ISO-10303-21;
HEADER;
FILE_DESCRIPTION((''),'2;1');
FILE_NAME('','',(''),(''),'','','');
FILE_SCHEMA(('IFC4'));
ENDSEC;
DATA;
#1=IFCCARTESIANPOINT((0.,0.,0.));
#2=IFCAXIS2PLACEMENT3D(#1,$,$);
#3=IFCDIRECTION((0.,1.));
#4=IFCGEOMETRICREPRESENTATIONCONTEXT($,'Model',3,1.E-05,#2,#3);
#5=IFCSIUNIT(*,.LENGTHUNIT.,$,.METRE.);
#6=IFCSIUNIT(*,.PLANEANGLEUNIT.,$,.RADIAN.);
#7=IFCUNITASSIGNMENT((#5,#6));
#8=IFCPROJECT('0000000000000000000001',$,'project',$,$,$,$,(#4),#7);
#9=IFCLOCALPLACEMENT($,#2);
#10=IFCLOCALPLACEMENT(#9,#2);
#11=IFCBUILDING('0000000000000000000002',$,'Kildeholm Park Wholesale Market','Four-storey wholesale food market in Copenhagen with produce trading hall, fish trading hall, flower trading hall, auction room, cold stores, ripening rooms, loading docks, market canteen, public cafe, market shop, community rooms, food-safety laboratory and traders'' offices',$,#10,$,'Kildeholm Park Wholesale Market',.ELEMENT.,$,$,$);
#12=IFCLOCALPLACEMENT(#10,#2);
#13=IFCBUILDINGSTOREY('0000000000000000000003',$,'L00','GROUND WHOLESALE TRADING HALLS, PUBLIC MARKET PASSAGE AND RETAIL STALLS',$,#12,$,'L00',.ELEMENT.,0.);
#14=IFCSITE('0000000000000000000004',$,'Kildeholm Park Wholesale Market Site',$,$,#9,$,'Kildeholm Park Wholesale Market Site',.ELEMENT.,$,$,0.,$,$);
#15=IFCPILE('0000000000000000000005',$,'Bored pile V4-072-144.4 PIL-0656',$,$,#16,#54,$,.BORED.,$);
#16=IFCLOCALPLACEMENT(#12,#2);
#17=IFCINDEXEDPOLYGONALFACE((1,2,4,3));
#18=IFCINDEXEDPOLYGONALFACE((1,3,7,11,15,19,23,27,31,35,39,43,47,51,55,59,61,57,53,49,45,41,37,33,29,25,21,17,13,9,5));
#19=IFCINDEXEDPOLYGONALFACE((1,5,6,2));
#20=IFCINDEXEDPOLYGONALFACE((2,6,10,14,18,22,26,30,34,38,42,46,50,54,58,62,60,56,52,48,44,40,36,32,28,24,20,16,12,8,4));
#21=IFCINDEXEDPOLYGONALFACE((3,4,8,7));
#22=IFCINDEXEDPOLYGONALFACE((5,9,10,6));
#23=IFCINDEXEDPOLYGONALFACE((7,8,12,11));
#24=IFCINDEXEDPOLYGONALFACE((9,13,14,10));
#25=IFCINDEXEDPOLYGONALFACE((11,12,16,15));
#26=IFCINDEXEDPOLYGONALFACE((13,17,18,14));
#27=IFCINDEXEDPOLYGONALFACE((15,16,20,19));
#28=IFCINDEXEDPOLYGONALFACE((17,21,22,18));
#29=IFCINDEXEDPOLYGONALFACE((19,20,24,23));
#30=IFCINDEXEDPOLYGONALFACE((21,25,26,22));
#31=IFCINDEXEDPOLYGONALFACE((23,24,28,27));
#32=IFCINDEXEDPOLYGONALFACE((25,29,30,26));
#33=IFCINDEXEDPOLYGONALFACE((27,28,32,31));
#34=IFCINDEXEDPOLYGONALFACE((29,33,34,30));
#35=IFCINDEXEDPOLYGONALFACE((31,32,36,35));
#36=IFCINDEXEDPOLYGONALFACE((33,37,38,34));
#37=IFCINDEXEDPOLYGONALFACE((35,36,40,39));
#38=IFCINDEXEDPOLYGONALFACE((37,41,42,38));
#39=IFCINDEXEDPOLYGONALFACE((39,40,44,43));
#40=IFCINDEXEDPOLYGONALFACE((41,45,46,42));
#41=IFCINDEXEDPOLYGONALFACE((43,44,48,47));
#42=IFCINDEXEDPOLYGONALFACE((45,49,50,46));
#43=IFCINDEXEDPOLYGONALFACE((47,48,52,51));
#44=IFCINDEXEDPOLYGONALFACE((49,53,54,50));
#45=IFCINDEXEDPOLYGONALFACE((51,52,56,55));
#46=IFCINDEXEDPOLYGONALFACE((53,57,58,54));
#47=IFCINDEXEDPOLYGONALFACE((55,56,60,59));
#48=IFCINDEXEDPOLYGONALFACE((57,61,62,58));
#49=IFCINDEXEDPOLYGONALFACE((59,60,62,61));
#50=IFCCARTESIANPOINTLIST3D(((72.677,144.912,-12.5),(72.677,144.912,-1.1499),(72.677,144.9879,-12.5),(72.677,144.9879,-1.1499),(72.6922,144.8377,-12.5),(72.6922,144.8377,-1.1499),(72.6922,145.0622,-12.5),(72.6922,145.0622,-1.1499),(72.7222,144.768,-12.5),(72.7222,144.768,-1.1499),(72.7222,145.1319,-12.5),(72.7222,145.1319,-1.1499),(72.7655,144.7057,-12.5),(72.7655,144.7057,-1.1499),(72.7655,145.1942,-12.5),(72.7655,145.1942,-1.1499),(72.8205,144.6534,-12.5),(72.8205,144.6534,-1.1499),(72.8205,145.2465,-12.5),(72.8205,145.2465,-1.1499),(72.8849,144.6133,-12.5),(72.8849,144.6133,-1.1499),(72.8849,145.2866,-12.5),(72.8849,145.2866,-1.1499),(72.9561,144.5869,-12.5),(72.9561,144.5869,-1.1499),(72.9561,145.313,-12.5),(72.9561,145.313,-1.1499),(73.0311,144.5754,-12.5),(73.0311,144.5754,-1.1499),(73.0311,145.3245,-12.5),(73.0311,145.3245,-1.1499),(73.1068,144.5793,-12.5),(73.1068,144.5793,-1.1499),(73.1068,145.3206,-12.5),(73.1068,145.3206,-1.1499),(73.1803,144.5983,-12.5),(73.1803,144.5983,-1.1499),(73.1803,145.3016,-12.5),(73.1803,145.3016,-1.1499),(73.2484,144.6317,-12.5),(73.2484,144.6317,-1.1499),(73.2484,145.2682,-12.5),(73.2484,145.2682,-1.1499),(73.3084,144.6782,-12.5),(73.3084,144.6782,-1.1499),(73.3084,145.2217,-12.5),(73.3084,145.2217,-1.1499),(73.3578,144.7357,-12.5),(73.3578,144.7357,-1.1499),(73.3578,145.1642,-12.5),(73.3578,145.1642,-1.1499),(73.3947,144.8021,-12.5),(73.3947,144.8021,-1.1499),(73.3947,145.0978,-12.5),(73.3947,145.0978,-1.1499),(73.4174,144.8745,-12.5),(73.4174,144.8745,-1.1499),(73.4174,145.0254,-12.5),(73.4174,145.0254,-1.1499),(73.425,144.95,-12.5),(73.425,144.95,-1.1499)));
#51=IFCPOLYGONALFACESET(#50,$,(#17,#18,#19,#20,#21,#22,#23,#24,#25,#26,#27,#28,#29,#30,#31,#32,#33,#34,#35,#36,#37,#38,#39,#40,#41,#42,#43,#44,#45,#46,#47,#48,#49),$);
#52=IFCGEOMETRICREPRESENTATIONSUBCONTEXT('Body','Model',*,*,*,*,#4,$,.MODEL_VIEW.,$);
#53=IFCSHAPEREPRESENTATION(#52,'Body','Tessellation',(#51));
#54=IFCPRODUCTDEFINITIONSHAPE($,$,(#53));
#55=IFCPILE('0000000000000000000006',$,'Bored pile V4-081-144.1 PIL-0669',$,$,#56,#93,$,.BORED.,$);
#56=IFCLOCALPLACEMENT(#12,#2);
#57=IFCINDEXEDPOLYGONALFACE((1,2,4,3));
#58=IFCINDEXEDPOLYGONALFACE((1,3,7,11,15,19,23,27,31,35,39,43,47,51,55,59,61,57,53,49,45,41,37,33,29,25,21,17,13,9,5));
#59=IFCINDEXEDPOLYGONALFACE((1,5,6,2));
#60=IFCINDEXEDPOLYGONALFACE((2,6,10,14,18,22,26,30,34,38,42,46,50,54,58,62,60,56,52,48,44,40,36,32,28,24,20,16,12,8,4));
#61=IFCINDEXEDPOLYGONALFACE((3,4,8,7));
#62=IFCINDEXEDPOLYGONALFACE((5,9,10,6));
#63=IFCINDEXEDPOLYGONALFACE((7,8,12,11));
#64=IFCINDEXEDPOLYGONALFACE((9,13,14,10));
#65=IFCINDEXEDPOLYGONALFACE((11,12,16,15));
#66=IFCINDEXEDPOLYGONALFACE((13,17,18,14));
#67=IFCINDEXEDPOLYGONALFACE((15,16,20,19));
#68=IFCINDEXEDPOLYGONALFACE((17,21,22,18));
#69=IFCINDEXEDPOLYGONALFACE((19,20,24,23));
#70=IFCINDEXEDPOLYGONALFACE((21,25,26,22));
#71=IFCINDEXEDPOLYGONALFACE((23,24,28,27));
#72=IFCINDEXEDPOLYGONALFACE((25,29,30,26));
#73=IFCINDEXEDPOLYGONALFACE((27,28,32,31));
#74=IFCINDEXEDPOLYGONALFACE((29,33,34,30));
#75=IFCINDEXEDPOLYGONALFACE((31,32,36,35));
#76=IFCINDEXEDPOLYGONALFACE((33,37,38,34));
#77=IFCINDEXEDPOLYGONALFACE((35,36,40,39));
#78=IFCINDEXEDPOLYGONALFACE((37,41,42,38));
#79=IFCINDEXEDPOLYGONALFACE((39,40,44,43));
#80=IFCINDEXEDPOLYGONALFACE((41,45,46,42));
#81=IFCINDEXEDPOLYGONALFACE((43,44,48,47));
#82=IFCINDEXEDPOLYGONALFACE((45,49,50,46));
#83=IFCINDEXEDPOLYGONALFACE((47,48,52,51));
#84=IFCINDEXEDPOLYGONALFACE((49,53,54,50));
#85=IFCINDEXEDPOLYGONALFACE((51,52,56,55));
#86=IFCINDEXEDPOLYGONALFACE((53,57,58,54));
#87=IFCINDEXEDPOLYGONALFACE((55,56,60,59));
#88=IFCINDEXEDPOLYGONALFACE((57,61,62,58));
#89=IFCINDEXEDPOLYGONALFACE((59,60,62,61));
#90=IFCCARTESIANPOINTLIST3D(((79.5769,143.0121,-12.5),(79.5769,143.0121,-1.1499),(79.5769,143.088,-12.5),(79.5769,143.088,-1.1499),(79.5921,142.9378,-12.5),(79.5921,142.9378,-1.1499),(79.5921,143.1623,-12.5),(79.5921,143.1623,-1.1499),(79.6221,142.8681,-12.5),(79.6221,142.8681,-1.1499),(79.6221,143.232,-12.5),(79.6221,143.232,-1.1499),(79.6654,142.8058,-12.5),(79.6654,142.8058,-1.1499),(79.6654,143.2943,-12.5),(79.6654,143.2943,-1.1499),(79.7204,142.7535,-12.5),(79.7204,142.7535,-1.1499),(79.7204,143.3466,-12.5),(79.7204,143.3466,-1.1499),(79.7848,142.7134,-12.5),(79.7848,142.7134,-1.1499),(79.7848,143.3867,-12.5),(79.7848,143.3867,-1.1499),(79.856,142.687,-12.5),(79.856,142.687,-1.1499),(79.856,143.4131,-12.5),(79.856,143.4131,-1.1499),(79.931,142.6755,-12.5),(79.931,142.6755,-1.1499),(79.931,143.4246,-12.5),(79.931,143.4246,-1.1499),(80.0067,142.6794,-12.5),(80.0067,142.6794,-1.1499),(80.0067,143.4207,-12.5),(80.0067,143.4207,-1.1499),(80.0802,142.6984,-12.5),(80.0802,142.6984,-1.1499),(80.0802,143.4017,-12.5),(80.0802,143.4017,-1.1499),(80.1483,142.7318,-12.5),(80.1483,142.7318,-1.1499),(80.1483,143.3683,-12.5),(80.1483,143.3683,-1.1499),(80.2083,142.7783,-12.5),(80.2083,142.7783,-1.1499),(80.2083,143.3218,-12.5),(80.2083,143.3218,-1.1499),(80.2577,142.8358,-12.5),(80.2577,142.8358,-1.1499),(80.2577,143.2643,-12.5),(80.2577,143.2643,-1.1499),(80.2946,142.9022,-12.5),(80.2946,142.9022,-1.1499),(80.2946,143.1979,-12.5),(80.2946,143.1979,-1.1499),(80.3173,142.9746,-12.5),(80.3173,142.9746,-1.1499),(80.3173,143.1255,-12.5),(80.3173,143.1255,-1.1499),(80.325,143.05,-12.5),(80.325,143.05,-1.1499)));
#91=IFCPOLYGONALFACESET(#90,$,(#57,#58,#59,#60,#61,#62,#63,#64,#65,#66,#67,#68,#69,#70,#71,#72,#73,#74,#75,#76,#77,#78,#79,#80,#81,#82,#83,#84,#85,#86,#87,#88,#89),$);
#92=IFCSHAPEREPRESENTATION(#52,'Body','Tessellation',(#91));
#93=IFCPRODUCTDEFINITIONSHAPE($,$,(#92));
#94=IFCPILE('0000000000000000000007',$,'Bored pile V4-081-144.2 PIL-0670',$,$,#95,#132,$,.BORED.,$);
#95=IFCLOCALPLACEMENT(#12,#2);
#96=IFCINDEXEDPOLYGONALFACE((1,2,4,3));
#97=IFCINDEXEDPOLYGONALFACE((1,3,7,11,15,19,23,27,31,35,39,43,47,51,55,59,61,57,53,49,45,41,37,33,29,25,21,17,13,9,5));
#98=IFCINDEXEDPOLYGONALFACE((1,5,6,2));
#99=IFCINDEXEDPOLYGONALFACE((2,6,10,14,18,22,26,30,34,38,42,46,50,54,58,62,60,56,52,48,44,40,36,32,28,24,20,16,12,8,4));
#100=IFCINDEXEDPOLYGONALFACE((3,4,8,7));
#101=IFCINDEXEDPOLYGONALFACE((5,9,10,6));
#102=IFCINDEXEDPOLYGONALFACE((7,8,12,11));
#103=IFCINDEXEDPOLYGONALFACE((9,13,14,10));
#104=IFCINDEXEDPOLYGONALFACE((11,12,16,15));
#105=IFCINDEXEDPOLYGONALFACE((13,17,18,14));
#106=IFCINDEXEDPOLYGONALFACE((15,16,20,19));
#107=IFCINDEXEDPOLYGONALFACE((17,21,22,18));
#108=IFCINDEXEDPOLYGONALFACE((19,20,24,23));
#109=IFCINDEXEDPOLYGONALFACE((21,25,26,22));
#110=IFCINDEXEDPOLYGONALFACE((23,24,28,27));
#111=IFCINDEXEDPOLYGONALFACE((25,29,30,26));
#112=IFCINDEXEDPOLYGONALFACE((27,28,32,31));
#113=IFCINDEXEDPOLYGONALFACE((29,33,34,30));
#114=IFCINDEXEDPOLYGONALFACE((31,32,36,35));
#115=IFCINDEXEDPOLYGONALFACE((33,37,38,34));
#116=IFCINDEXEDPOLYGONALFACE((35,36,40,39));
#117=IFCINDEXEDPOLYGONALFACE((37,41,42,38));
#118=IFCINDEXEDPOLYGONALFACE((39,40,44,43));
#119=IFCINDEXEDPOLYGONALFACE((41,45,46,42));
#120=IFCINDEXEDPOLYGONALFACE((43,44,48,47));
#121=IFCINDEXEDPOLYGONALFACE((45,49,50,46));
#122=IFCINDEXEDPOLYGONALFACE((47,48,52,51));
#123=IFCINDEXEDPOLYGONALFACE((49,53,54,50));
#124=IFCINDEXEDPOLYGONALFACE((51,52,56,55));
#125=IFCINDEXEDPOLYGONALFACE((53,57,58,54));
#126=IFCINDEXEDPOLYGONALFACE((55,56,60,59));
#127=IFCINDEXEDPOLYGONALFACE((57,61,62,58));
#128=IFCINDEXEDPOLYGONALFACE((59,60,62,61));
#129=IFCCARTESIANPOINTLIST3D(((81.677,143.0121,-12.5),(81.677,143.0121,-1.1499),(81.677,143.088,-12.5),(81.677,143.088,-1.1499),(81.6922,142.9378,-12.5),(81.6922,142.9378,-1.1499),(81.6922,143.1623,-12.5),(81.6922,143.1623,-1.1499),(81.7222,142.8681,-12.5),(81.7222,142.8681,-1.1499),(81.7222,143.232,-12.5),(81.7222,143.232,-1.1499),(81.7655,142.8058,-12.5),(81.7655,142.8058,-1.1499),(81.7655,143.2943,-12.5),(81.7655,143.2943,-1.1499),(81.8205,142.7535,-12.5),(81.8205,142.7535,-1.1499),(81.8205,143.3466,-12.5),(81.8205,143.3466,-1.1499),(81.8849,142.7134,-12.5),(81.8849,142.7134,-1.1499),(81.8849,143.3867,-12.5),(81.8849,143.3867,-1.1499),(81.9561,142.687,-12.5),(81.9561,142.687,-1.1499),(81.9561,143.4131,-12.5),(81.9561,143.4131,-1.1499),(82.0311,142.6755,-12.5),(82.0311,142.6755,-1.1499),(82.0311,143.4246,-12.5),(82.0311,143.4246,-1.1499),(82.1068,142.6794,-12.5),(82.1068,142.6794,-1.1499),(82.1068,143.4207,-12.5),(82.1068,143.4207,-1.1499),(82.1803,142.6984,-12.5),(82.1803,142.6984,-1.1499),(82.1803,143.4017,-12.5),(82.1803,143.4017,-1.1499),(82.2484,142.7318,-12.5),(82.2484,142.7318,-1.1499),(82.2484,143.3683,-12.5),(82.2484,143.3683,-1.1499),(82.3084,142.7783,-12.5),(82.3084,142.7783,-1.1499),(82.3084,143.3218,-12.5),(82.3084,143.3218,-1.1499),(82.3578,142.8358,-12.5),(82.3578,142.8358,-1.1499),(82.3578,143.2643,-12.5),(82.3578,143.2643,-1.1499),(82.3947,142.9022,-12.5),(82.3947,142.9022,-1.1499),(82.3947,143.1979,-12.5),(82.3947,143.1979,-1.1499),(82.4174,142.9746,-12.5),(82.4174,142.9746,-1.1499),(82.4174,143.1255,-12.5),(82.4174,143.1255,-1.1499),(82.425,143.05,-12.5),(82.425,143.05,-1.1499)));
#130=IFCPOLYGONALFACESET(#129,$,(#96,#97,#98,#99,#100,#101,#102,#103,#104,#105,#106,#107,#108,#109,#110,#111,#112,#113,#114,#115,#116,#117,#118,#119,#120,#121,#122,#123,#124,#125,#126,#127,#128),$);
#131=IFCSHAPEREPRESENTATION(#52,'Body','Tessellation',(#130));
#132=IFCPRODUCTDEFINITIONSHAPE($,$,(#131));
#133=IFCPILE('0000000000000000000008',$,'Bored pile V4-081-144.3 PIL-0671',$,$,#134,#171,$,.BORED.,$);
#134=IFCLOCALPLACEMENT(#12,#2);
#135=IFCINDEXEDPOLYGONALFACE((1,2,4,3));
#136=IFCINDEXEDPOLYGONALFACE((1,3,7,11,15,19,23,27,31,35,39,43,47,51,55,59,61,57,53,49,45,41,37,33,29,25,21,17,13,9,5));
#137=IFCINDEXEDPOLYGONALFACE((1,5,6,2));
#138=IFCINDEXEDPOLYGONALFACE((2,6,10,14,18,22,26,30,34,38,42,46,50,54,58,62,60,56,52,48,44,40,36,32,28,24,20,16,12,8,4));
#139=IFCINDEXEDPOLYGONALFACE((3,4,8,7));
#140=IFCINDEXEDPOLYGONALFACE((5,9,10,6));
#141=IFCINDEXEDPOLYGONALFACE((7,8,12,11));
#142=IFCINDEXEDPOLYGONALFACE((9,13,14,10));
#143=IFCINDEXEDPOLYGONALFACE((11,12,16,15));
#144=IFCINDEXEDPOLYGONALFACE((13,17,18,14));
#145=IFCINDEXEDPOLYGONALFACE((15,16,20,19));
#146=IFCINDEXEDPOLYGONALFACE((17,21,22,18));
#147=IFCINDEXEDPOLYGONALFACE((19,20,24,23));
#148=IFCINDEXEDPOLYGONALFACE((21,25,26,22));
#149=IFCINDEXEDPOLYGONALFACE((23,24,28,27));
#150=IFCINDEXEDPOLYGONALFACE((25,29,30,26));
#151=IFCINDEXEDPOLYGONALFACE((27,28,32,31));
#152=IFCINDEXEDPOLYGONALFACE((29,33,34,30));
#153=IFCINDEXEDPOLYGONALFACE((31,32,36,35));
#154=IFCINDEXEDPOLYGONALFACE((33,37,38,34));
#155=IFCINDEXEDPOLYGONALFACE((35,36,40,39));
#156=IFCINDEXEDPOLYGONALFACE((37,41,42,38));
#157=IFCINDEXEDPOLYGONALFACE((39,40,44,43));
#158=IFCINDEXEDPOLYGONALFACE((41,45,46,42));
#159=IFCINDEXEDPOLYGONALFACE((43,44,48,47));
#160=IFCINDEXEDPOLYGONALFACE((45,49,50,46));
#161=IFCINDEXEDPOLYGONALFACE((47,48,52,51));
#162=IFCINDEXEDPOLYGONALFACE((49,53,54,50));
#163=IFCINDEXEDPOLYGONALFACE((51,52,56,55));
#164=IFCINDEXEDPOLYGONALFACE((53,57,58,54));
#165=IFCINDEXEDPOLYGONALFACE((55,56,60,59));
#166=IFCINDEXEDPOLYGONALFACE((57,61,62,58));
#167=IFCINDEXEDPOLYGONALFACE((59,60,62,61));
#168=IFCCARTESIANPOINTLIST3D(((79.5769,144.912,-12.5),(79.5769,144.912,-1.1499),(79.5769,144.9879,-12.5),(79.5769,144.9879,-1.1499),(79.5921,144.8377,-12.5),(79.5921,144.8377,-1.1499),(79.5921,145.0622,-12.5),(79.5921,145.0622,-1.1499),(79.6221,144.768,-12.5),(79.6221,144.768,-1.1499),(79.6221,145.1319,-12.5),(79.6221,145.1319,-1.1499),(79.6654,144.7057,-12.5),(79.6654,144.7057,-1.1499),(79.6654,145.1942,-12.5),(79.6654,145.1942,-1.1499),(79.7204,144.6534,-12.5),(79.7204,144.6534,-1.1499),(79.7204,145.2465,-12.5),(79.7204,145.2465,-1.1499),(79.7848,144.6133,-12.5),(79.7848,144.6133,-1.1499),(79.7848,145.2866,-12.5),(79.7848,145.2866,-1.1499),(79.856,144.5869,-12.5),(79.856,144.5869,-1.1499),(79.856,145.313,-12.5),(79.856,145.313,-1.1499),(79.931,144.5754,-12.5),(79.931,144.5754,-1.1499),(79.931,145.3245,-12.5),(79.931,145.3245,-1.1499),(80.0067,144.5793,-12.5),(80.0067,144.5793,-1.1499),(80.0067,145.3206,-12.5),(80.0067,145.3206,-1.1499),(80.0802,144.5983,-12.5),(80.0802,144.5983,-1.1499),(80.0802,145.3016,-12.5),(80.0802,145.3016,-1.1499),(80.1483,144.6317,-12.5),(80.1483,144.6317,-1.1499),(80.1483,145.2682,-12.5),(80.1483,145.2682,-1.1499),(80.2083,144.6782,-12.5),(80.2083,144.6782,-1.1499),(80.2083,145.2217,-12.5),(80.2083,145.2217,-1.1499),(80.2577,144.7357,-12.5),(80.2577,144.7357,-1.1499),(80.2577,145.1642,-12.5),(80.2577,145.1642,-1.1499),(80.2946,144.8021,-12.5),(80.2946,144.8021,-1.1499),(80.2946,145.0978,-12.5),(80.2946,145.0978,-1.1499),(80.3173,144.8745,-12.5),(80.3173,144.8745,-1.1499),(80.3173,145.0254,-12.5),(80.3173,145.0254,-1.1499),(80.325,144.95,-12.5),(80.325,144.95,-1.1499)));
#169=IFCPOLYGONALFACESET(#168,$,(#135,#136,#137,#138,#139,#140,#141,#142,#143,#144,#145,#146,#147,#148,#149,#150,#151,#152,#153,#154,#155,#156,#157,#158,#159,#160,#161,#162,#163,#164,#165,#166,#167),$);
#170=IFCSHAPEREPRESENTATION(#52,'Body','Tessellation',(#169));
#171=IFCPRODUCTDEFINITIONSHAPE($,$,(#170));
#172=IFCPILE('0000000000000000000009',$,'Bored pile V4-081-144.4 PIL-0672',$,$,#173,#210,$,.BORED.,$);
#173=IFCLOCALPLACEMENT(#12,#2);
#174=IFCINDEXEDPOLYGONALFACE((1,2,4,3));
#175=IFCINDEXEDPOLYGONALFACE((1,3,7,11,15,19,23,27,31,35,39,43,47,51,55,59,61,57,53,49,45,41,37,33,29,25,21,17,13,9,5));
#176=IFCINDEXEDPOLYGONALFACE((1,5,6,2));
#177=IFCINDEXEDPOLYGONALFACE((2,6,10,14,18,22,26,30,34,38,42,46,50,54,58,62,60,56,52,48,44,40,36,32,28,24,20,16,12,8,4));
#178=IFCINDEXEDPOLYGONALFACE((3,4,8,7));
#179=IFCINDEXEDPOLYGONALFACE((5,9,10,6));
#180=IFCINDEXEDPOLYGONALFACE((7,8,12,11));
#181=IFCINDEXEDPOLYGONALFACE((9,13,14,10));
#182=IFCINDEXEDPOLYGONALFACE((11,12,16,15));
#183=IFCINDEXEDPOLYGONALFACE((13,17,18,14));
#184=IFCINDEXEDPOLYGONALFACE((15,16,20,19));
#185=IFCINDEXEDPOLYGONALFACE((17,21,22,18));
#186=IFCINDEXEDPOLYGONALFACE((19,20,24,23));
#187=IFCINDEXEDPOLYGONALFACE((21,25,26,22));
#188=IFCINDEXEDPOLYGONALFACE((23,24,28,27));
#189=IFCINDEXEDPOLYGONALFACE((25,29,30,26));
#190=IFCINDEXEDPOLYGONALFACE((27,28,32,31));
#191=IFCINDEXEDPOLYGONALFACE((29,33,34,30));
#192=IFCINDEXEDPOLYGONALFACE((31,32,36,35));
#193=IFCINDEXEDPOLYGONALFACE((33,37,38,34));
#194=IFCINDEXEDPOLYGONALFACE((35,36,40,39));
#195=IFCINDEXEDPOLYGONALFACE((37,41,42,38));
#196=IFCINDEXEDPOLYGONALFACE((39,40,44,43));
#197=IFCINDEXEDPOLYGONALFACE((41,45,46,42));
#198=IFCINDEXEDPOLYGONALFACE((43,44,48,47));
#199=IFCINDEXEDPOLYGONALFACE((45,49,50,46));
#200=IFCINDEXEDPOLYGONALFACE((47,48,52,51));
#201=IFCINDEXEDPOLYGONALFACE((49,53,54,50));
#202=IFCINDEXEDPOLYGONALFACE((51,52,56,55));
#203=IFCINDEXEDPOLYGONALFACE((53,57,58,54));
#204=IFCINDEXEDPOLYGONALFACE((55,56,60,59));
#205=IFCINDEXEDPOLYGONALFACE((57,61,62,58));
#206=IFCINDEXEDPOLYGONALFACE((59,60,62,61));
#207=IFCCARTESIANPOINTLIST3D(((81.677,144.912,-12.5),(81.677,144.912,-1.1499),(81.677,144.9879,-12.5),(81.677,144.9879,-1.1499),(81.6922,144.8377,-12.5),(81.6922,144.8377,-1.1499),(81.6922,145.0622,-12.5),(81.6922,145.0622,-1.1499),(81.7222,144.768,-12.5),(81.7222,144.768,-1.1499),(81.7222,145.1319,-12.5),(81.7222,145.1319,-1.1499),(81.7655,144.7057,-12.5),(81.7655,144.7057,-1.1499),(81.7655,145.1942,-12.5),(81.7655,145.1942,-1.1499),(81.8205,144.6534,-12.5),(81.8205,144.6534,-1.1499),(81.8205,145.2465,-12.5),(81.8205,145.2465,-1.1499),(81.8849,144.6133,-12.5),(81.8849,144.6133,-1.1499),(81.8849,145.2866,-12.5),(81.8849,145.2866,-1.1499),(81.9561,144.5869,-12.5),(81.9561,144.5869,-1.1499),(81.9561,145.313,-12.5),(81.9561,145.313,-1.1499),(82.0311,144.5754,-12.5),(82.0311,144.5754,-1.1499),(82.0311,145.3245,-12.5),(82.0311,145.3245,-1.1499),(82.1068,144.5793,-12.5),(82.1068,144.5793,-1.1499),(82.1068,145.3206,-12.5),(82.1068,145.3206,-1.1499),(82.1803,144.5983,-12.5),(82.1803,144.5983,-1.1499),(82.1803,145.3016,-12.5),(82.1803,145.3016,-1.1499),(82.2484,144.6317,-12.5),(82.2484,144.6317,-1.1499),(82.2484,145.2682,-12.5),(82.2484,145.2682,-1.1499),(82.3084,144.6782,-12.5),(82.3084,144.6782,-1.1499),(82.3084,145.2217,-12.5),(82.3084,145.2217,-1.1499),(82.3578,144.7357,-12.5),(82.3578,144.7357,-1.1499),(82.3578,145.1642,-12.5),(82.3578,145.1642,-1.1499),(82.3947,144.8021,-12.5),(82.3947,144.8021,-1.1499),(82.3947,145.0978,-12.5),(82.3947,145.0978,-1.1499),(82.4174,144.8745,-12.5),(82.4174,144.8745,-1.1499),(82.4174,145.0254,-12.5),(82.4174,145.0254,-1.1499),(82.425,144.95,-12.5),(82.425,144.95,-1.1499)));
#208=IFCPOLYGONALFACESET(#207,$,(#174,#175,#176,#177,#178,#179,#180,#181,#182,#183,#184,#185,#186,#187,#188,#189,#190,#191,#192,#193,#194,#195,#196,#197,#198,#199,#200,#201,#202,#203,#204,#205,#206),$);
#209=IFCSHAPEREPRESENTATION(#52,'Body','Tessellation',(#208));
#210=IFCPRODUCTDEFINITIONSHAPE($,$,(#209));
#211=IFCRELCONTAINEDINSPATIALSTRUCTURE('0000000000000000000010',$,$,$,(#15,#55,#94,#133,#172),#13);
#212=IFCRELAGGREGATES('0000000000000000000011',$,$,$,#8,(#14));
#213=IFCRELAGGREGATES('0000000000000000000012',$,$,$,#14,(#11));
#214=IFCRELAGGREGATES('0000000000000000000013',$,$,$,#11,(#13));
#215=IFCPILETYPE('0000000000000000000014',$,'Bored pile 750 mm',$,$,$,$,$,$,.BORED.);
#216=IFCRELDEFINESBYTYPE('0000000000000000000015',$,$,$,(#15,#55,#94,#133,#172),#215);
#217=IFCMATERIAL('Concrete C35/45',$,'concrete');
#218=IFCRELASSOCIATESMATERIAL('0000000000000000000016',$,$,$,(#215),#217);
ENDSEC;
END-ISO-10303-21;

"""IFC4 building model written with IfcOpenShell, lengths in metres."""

from ifc_helpers import new_model, si_unit, direction, frame, origin, origin_2d, place, context, subcontext, project, spatial, circle, extrude, material, material_profile, profile_set, type_object, element, save


model = new_model("IFC4")

# Units and contexts
model_context = context("Model", 3, precision=1e-05, world=origin(), true_north=direction((0.0, 1.0)))
body_context = subcontext(model_context, "Body", "Model", "MODEL_VIEW")
ifc_project = project(units=[si_unit("LENGTHUNIT", "METRE"), si_unit("PLANEANGLEUNIT", "RADIAN")], contexts=[model_context])

# Site, building, storey
site_placement = place(None, origin())
site = spatial("IfcSite", under=ifc_project, at=site_placement, Name="Kildeholm Park Wholesale Market Site", LongName="Kildeholm Park Wholesale Market Site", CompositionType="ELEMENT", RefElevation=0.0)
building_placement = place(site_placement, origin())
building = spatial("IfcBuilding", under=site, at=building_placement, Name="Kildeholm Park Wholesale Market", Description="Four-storey wholesale food market in Copenhagen with produce trading hall, fish trading hall, flower trading hall, auction room, cold stores, ripening rooms, loading docks, market canteen, public cafe, market shop, community rooms, food-safety laboratory and traders' offices", LongName="Kildeholm Park Wholesale Market", CompositionType="ELEMENT")
storey_placement = place(building_placement, origin())
storey = spatial("IfcBuildingStorey", under=building, at=storey_placement, Name="L00", Description="GROUND WHOLESALE TRADING HALLS, PUBLIC MARKET PASSAGE AND RETAIL STALLS", LongName="L00", CompositionType="ELEMENT", Elevation=0.0)

# Piles
ifc_material_1 = material(Name="Concrete C35/45", Category="concrete")
ifc_material_profile_1 = material_profile(ifc_material_1, circle(Radius=0.375, at=origin_2d()), Name="PILE D750")
ifc_profile_set_1 = profile_set([ifc_material_profile_1], Name="Concrete C35/45")
pile_type = type_object("IfcPileType", Name="Bored pile 750 mm", PredefinedType="BORED", material=ifc_profile_set_1)
for number, where, z_axis, x_axis, name in (
    (1, (73.05, 144.95, -1.1499), (0.0, 0.0, -1.0), (1.0, 0.0, 0.0), "Bored pile V4-072-144.4 PIL-0656"),
    (2, (79.95, 143.05, -1.1499), (0.0, 0.0, -1.0), (1.0, 0.0, 0.0), "Bored pile V4-081-144.1 PIL-0669"),
    (3, (82.05, 143.05, -1.1499), (0.0, 0.0, -1.0), (1.0, 0.0, 0.0), "Bored pile V4-081-144.2 PIL-0670"),
    (4, (79.95, 144.95, -1.1499), (0.0, 0.0, -1.0), (1.0, 0.0, 0.0), "Bored pile V4-081-144.3 PIL-0671"),
    (5, (82.05, 144.95, -1.1499), (0.0, 0.0, -1.0), (1.0, 0.0, 0.0), "Bored pile V4-081-144.4 PIL-0672"),
):
    element("IfcPile", number, at=place(storey_placement, frame(where, z_axis=z_axis, x_axis=x_axis)), inside=storey, type_object=pile_type, Name=name, PredefinedType="BORED", context=body_context, shape_type="SweptSolid", body=[
        extrude(circle(Radius=0.375, at=origin_2d()), origin(), (0.0, 0.0, 1.0), 11.3501),
    ])

save(model, "model.ifc")
